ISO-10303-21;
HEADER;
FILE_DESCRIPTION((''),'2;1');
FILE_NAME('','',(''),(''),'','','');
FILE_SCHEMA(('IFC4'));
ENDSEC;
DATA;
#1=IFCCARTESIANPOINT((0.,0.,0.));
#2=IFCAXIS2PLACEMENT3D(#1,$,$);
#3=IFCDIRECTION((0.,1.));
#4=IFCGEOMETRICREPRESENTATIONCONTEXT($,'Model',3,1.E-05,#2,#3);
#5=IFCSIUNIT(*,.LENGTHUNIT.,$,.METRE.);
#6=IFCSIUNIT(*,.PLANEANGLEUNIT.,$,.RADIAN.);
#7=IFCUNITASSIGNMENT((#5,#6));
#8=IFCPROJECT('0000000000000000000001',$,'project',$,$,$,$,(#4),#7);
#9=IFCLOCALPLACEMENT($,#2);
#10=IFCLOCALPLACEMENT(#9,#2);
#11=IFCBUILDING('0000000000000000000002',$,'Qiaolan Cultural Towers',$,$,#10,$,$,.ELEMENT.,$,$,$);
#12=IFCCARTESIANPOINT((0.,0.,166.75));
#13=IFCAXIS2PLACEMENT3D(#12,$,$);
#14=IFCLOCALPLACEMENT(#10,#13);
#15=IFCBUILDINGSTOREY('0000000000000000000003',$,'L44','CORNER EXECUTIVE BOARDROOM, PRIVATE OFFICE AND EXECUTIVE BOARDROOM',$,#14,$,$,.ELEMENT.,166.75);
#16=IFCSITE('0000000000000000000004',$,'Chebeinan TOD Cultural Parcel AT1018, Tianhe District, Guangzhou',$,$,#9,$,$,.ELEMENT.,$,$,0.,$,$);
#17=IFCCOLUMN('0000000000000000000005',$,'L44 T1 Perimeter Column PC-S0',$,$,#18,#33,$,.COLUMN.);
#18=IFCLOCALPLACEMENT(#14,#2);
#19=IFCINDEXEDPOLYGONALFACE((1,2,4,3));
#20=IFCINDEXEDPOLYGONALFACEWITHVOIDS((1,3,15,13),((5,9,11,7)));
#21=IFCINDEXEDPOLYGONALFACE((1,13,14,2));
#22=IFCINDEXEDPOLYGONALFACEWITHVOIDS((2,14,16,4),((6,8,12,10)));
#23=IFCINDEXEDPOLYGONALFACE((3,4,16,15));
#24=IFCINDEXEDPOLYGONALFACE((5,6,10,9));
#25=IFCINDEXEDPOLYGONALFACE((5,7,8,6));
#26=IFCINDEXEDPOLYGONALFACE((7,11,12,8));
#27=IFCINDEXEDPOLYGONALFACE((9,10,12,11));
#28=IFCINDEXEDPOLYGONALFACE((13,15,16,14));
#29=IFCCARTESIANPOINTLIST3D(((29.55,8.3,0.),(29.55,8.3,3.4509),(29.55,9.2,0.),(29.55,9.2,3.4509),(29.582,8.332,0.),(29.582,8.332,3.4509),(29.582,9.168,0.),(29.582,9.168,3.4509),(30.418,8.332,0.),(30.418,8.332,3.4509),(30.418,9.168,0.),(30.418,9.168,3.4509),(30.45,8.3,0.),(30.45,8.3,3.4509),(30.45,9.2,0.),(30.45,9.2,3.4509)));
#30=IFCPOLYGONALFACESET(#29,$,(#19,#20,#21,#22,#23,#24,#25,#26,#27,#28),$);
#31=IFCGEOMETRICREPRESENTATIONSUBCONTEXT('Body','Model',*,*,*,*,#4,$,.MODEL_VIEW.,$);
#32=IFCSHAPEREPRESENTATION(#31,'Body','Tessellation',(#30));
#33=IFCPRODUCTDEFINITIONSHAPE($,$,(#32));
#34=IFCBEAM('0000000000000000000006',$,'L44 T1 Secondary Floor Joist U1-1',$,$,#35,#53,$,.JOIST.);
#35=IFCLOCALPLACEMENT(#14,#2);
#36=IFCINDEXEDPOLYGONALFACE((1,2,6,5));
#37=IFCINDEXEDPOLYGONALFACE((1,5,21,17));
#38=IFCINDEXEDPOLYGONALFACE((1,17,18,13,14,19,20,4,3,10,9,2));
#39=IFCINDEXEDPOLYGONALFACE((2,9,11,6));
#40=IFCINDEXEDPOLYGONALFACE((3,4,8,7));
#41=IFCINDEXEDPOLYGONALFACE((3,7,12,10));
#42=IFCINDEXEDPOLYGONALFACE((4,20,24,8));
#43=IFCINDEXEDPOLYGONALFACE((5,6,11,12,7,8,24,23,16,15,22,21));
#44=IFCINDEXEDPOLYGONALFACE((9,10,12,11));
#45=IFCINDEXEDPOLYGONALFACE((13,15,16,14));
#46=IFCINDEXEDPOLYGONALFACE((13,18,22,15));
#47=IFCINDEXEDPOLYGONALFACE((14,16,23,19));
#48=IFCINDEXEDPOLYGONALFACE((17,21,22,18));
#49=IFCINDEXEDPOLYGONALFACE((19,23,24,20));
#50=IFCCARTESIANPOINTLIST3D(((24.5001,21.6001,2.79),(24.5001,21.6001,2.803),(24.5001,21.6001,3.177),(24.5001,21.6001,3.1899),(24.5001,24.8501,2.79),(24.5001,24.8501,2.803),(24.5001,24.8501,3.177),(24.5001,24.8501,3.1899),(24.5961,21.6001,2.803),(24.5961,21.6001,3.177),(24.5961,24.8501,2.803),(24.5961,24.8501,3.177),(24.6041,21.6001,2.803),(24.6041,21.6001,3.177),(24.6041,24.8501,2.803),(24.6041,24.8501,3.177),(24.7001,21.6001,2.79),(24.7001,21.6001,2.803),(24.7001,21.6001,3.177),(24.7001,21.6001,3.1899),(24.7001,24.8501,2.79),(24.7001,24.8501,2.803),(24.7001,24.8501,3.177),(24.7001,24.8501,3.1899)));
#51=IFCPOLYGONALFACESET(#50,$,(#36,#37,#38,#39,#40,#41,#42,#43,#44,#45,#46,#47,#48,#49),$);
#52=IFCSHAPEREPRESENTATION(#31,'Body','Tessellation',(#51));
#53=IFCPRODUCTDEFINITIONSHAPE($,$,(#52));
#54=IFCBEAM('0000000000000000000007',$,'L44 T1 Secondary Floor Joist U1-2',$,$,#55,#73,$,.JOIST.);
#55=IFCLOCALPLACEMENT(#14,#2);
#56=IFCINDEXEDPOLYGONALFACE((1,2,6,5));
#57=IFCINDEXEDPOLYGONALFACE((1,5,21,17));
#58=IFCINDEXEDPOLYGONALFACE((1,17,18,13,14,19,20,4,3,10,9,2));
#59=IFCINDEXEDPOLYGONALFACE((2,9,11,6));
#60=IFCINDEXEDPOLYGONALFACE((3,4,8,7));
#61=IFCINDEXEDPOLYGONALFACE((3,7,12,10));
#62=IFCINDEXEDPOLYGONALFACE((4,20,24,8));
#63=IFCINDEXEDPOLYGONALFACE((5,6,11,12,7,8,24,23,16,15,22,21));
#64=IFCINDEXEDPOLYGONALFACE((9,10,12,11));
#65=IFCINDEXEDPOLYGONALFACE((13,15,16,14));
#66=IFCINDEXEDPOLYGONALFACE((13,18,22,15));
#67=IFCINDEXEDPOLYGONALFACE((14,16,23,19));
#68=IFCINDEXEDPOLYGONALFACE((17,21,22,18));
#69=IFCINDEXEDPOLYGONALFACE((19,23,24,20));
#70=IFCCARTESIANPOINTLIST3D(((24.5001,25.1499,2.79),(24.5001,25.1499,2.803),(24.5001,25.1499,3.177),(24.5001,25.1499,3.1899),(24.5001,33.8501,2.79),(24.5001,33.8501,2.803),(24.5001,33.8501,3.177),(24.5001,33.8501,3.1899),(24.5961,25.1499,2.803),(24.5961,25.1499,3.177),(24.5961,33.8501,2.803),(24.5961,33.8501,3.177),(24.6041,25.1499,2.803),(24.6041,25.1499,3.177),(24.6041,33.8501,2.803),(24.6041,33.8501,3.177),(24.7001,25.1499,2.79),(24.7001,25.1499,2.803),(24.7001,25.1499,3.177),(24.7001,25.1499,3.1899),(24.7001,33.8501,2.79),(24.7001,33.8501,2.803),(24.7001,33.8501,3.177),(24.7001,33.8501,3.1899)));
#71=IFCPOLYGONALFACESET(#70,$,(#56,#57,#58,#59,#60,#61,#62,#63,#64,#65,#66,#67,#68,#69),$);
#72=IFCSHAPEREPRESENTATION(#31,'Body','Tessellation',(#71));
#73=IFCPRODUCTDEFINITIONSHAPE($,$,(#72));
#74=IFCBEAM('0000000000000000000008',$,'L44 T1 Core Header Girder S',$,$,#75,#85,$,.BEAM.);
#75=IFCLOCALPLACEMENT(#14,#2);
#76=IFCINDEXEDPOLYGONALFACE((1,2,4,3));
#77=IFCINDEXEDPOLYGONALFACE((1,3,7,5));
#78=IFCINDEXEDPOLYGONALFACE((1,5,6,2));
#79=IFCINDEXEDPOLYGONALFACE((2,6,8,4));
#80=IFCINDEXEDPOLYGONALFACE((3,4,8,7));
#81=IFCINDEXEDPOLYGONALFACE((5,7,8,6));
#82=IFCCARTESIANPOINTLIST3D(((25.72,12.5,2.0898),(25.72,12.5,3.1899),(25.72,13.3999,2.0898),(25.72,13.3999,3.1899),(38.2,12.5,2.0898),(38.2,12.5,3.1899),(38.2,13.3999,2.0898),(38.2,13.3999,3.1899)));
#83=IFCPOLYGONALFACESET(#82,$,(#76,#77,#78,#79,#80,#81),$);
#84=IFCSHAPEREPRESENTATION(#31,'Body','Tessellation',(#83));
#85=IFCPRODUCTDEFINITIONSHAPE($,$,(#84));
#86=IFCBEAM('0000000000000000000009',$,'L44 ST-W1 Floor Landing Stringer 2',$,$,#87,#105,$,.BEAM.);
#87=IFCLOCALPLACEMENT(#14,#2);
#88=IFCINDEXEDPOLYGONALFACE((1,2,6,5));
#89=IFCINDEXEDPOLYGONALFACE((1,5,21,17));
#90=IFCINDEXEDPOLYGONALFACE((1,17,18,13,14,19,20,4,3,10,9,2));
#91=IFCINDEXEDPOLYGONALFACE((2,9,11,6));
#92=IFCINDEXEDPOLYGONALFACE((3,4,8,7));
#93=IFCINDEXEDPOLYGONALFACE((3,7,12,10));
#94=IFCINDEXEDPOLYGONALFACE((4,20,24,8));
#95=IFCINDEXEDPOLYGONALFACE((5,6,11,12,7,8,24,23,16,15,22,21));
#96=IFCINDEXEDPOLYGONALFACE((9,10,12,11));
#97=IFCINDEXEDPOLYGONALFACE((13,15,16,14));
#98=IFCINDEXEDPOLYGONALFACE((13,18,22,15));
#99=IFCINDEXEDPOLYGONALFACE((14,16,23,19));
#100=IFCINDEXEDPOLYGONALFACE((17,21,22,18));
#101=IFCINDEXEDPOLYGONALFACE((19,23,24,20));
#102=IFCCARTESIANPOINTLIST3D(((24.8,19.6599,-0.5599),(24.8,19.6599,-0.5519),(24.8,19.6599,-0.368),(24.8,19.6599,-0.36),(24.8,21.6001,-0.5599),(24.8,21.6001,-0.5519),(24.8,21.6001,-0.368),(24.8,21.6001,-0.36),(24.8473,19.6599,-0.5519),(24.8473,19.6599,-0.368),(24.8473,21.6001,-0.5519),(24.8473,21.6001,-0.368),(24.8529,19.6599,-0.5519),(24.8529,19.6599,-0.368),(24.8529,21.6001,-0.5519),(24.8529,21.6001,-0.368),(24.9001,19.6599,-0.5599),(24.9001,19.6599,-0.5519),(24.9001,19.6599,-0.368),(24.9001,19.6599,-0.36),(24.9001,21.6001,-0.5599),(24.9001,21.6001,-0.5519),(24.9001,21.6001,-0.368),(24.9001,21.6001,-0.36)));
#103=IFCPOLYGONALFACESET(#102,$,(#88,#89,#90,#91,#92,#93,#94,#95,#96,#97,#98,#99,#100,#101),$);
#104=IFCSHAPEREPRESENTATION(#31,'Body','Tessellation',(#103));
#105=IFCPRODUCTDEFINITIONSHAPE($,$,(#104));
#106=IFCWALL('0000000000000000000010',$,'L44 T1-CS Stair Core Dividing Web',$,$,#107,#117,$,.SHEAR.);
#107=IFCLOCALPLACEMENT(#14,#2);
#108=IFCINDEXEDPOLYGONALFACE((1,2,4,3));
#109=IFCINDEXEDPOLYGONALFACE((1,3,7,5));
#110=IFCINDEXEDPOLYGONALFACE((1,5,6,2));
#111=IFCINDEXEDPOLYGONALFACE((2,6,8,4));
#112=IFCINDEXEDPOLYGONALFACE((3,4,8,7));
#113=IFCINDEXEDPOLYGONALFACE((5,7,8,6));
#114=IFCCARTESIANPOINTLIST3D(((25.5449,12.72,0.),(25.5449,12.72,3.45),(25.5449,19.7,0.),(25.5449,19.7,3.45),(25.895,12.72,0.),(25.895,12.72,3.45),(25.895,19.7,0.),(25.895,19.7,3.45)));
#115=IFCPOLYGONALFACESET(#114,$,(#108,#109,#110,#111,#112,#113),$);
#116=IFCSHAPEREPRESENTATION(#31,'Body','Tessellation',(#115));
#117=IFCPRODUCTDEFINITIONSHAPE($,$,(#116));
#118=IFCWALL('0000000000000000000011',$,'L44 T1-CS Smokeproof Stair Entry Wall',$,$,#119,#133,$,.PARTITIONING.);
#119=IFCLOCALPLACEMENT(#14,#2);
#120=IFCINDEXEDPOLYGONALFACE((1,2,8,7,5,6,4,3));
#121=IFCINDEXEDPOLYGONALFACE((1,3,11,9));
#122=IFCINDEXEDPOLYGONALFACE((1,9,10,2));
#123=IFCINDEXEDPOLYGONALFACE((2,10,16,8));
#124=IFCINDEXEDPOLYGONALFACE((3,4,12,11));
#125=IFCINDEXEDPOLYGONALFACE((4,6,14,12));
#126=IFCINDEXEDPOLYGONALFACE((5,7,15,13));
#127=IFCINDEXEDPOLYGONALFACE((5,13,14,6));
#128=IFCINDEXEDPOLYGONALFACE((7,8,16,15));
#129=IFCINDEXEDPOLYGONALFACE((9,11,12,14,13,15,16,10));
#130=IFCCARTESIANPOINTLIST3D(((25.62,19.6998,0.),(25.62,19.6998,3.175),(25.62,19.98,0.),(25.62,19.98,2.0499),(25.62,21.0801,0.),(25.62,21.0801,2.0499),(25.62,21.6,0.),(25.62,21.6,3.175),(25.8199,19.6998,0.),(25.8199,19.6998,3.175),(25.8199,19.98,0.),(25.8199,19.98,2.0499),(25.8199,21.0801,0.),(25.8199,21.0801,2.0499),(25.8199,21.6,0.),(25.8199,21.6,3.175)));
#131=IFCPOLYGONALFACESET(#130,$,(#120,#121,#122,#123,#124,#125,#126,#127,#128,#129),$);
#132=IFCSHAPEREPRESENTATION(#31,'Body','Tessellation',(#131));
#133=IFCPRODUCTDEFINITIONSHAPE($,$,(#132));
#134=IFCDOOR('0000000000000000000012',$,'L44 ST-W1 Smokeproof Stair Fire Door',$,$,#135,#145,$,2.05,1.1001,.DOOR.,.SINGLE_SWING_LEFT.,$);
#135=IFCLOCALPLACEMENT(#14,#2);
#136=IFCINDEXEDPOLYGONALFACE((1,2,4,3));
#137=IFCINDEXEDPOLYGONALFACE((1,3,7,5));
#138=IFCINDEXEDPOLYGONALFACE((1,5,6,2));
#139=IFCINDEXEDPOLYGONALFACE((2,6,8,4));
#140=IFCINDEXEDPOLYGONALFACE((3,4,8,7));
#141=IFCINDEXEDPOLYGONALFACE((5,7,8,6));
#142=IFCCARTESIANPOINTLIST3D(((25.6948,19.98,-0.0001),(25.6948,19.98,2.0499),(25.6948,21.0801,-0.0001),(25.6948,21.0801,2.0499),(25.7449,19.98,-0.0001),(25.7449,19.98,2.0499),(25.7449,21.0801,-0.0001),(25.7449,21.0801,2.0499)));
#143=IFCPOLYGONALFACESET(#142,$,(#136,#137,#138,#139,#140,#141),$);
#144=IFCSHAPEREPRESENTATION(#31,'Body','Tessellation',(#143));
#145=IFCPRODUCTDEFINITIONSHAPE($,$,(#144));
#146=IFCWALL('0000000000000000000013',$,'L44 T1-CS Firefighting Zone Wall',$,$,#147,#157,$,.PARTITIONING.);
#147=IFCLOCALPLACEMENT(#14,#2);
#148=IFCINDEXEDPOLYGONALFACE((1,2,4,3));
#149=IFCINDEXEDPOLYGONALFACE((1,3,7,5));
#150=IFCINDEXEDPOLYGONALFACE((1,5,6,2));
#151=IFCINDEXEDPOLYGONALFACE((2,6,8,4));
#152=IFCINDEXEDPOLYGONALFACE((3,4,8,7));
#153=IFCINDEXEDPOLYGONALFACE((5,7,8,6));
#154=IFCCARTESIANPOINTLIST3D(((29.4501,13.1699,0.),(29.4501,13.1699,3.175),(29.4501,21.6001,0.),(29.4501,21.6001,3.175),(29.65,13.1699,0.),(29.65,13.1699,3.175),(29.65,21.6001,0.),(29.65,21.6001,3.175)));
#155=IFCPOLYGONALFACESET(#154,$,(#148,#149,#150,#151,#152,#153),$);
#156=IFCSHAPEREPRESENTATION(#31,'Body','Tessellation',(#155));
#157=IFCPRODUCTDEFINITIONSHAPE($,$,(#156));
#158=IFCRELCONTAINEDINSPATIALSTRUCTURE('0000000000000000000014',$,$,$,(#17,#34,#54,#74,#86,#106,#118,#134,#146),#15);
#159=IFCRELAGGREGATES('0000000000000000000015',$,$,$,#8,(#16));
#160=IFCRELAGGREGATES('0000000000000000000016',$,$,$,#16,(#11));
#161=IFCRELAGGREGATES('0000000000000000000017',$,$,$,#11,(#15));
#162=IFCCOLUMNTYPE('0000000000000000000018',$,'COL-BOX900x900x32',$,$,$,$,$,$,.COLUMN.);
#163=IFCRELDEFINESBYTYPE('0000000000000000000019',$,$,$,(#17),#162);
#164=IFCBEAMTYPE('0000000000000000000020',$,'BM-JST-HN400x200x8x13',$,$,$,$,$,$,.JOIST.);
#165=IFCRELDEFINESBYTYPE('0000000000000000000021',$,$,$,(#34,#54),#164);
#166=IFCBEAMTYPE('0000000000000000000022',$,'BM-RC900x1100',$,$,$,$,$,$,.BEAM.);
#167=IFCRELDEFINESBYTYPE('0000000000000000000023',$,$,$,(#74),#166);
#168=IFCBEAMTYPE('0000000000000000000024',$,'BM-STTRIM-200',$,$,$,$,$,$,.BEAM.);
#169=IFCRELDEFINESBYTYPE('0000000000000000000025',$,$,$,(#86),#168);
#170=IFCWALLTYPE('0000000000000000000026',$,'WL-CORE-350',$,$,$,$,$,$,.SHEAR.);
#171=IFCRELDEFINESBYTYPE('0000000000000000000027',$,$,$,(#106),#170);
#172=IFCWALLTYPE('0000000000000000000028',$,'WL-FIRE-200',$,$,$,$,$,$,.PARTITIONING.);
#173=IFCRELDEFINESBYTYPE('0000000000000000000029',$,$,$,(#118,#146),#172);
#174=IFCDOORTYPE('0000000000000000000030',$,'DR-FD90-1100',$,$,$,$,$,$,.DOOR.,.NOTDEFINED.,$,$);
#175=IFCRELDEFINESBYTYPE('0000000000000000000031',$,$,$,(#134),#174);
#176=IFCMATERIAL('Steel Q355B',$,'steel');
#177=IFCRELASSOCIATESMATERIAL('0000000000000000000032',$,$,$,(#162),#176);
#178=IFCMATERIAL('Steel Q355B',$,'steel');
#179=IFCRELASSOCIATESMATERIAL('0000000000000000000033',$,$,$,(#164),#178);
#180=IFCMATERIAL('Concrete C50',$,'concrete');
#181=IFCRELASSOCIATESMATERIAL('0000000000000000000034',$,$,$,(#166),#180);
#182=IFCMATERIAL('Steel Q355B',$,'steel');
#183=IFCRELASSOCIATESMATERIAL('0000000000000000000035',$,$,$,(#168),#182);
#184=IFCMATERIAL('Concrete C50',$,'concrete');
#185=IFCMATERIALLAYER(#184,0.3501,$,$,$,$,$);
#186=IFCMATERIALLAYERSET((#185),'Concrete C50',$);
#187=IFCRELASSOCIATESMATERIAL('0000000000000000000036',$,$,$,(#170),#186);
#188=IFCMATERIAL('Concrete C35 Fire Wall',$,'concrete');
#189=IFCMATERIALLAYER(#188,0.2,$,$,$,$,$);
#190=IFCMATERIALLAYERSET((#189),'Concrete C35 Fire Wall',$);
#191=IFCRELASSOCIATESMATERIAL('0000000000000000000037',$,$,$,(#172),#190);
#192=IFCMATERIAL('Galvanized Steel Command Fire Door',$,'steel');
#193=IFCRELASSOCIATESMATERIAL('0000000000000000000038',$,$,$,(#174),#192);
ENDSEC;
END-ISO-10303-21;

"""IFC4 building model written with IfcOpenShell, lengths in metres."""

from ifc_helpers import new_model, si_unit, direction, frame, frame_2d, origin, origin_2d, place, context, subcontext, project, spatial, rectangle, hollow_rectangle, i_section, extrude, material, layer, layer_set, material_profile, profile_set, type_object, element, fill, save


model = new_model("IFC4")

# Units and contexts
model_context = context("Model", 3, precision=1e-05, world=origin(), true_north=direction((0.0, 1.0)))
body_context = subcontext(model_context, "Body", "Model", "MODEL_VIEW")
ifc_project = project(units=[si_unit("LENGTHUNIT", "METRE"), si_unit("PLANEANGLEUNIT", "RADIAN")], contexts=[model_context])

# Site, building, storey
site_placement = place(None, origin())
site = spatial("IfcSite", under=ifc_project, at=site_placement, Name="Chebeinan TOD Cultural Parcel AT1018, Tianhe District, Guangzhou", CompositionType="ELEMENT", RefElevation=0.0)
building_placement = place(site_placement, origin())
building = spatial("IfcBuilding", under=site, at=building_placement, Name="Qiaolan Cultural Towers", CompositionType="ELEMENT")
storey_placement = place(building_placement, frame((0.0, 0.0, 166.75)))
storey = spatial("IfcBuildingStorey", under=building, at=storey_placement, Name="L44", Description="CORNER EXECUTIVE BOARDROOM, PRIVATE OFFICE AND EXECUTIVE BOARDROOM", CompositionType="ELEMENT", Elevation=166.75)

# Column
ifc_material_1 = material(Name="Steel Q355B", Category="steel")
ifc_material_profile_1 = material_profile(ifc_material_1, hollow_rectangle(XDim=0.8999, YDim=0.8999, WallThickness=0.032, at=origin_2d()), Name="BOX900x900x32")
ifc_profile_set_1 = profile_set([ifc_material_profile_1], Name="Steel Q355B")
column_type = type_object("IfcColumnType", Name="COL-BOX900x900x32", PredefinedType="COLUMN", material=ifc_profile_set_1)
column_placement = place(storey_placement, frame((30.0, 8.75, 0.0), z_axis=(0.0, 0.0, 1.0), x_axis=(1.0, 0.0, 0.0)))
element("IfcColumn", 1, at=column_placement, inside=storey, type_object=column_type, Name="L44 T1 Perimeter Column PC-S0", PredefinedType="COLUMN", context=body_context, shape_type="SweptSolid", body=[
    extrude(hollow_rectangle(XDim=0.8999, YDim=0.8999, WallThickness=0.032, at=origin_2d()), origin(), (0.0, 0.0, 1.0), 3.4509),
])

# Beams
ifc_material_2 = material(Name="Steel Q355B", Category="steel")
ifc_material_profile_2 = material_profile(ifc_material_2, i_section(OverallWidth=0.2, OverallDepth=0.3999, WebThickness=0.0081, FlangeThickness=0.0129, at=origin_2d()), Name="HN400x200x8x13")
ifc_profile_set_2 = profile_set([ifc_material_profile_2], Name="Steel Q355B")
beam_type_1 = type_object("IfcBeamType", Name="BM-JST-HN400x200x8x13", PredefinedType="JOIST", material=ifc_profile_set_2)
beam_1_placement = place(storey_placement, frame((24.6001, 21.6001, 2.99), z_axis=(0.0, 1.0, 0.0), x_axis=(-1.0, 0.0, 0.0)))
element("IfcBeam", 2, at=beam_1_placement, inside=storey, type_object=beam_type_1, Name="L44 T1 Secondary Floor Joist U1-1", PredefinedType="JOIST", context=body_context, shape_type="SweptSolid", body=[
    extrude(i_section(OverallWidth=0.2, OverallDepth=0.3999, WebThickness=0.0081, FlangeThickness=0.0129, at=origin_2d()), origin(), (0.0, 0.0, 1.0), 3.25),
])
beam_2_placement = place(storey_placement, frame((24.6001, 25.1499, 2.99), z_axis=(0.0, 1.0, 0.0), x_axis=(-1.0, 0.0, 0.0)))
element("IfcBeam", 3, at=beam_2_placement, inside=storey, type_object=beam_type_1, Name="L44 T1 Secondary Floor Joist U1-2", PredefinedType="JOIST", context=body_context, shape_type="SweptSolid", body=[
    extrude(i_section(OverallWidth=0.2, OverallDepth=0.3999, WebThickness=0.0081, FlangeThickness=0.0129, at=origin_2d()), origin(), (0.0, 0.0, 1.0), 8.7002),
])
ifc_material_3 = material(Name="Concrete C50", Category="concrete")
ifc_material_profile_3 = material_profile(ifc_material_3, rectangle(XDim=0.8999, YDim=1.1001, at=origin_2d()), Name="RC900x1100")
ifc_profile_set_3 = profile_set([ifc_material_profile_3], Name="Concrete C50")
beam_type_2 = type_object("IfcBeamType", Name="BM-RC900x1100", PredefinedType="BEAM", material=ifc_profile_set_3)
beam_3_placement = place(storey_placement, frame((25.72, 12.95, 2.6399), z_axis=(1.0, 0.0, 0.0), x_axis=(0.0, 1.0, 0.0)))
element("IfcBeam", 4, at=beam_3_placement, inside=storey, type_object=beam_type_2, Name="L44 T1 Core Header Girder S", PredefinedType="BEAM", context=body_context, shape_type="SweptSolid", body=[
    extrude(rectangle(XDim=0.8999, YDim=1.1001, at=origin_2d()), origin(), (0.0, 0.0, 1.0), 12.48),
])
ifc_material_4 = material(Name="Steel Q355B", Category="steel")
ifc_material_profile_4 = material_profile(ifc_material_4, i_section(OverallWidth=0.1001, OverallDepth=0.2, WebThickness=0.0056, FlangeThickness=0.0081, at=origin_2d()), Name="HN200x100x5.5x8")
ifc_profile_set_4 = profile_set([ifc_material_profile_4], Name="Steel Q355B")
beam_type_3 = type_object("IfcBeamType", Name="BM-STTRIM-200", PredefinedType="BEAM", material=ifc_profile_set_4)
beam_4_placement = place(storey_placement, frame((24.8501, 21.6001, -0.46), z_axis=(0.0, -1.0, 0.0), x_axis=(1.0, 0.0, 0.0)))
element("IfcBeam", 5, at=beam_4_placement, inside=storey, type_object=beam_type_3, Name="L44 ST-W1 Floor Landing Stringer 2", PredefinedType="BEAM", context=body_context, shape_type="SweptSolid", body=[
    extrude(i_section(OverallWidth=0.1001, OverallDepth=0.2, WebThickness=0.0056, FlangeThickness=0.0081, at=origin_2d()), origin(), (0.0, 0.0, 1.0), 1.9402),
])

# Wall
ifc_material_5 = material(Name="Concrete C50", Category="concrete")
ifc_layer_1 = layer(ifc_material_5, 0.3501)
ifc_layer_set_1 = layer_set([ifc_layer_1], Name="Concrete C50")
wall_type_1 = type_object("IfcWallType", Name="WL-CORE-350", PredefinedType="SHEAR", material=ifc_layer_set_1)
wall_1_placement = place(storey_placement, frame((25.72, 19.7, 0.0), z_axis=(0.0, 0.0, 1.0), x_axis=(0.0, -1.0, 0.0)))
element("IfcWall", 6, at=wall_1_placement, inside=storey, type_object=wall_type_1, Name="L44 T1-CS Stair Core Dividing Web", PredefinedType="SHEAR", context=body_context, shape_type="SweptSolid", body=[
    extrude(rectangle(XDim=6.98, YDim=0.3501, at=frame_2d((3.49, 0.0))), origin(), (0.0, 0.0, 1.0), 3.45),
])

# Wall, opening, door
ifc_material_6 = material(Name="Concrete C35 Fire Wall", Category="concrete")
ifc_layer_2 = layer(ifc_material_6, 0.2)
ifc_layer_set_2 = layer_set([ifc_layer_2], Name="Concrete C35 Fire Wall")
wall_type_2 = type_object("IfcWallType", Name="WL-FIRE-200", PredefinedType="PARTITIONING", material=ifc_layer_set_2)
wall_2_placement = place(storey_placement, frame((25.72, 21.6001, 0.0), z_axis=(0.0, 0.0, 1.0), x_axis=(0.0, -1.0, 0.0)))
wall_2 = element("IfcWall", 7, at=wall_2_placement, inside=storey, type_object=wall_type_2, Name="L44 T1-CS Smokeproof Stair Entry Wall", PredefinedType="PARTITIONING", context=body_context, shape_type="SweptSolid", body=[
    extrude(rectangle(XDim=1.9001, YDim=0.2, at=frame_2d((0.9502, 0.0))), origin(), (0.0, 0.0, 1.0), 3.175),
])
opening_1_placement = place(wall_2_placement, frame((0.52, 0.0, 0.0)))
opening_1 = element("IfcOpeningElement", 8, at=opening_1_placement, cuts=wall_2, PredefinedType="OPENING", context=body_context, shape_type="SweptSolid", body=[
    extrude(rectangle(XDim=1.1001, YDim=2.05, at=frame_2d((0.55, 1.0249))), frame((0.0, 0.1099, 0.0), z_axis=(0.0, -1.0, 0.0), x_axis=(1.0, 0.0, 0.0)), (0.0, 0.0, 1.0), 0.22),
])
ifc_material_7 = material(Name="Galvanized Steel Command Fire Door", Category="steel")
door_type_1 = type_object("IfcDoorType", Name="DR-FD90-1100", OperationType="NOTDEFINED", PredefinedType="DOOR", material=ifc_material_7)
door_1_placement = place(opening_1_placement, origin())
door_1 = element("IfcDoor", 9, at=door_1_placement, inside=storey, type_object=door_type_1, Name="L44 ST-W1 Smokeproof Stair Fire Door", OperationType="SINGLE_SWING_LEFT", OverallHeight=2.05, OverallWidth=1.1001, PredefinedType="DOOR", context=body_context, shape_type="SweptSolid", body=[
    extrude(rectangle(XDim=1.1001, YDim=2.05, at=frame_2d((0.55, 1.0249))), frame((0.0, 0.0249, 0.0), z_axis=(0.0, -1.0, 0.0), x_axis=(1.0, 0.0, 0.0)), (0.0, 0.0, 1.0), 0.05),
])
fill(opening_1, door_1)

# Wall
wall_3_placement = place(storey_placement, frame((29.55, 21.6001, 0.0), z_axis=(0.0, 0.0, 1.0), x_axis=(0.0, -1.0, 0.0)))
element("IfcWall", 10, at=wall_3_placement, inside=storey, type_object=wall_type_2, Name="L44 T1-CS Firefighting Zone Wall", PredefinedType="PARTITIONING", context=body_context, shape_type="SweptSolid", body=[
    extrude(rectangle(XDim=8.4302, YDim=0.2, at=frame_2d((4.2151, 0.0))), origin(), (0.0, 0.0, 1.0), 3.175),
])

save(model, "model.ifc")
